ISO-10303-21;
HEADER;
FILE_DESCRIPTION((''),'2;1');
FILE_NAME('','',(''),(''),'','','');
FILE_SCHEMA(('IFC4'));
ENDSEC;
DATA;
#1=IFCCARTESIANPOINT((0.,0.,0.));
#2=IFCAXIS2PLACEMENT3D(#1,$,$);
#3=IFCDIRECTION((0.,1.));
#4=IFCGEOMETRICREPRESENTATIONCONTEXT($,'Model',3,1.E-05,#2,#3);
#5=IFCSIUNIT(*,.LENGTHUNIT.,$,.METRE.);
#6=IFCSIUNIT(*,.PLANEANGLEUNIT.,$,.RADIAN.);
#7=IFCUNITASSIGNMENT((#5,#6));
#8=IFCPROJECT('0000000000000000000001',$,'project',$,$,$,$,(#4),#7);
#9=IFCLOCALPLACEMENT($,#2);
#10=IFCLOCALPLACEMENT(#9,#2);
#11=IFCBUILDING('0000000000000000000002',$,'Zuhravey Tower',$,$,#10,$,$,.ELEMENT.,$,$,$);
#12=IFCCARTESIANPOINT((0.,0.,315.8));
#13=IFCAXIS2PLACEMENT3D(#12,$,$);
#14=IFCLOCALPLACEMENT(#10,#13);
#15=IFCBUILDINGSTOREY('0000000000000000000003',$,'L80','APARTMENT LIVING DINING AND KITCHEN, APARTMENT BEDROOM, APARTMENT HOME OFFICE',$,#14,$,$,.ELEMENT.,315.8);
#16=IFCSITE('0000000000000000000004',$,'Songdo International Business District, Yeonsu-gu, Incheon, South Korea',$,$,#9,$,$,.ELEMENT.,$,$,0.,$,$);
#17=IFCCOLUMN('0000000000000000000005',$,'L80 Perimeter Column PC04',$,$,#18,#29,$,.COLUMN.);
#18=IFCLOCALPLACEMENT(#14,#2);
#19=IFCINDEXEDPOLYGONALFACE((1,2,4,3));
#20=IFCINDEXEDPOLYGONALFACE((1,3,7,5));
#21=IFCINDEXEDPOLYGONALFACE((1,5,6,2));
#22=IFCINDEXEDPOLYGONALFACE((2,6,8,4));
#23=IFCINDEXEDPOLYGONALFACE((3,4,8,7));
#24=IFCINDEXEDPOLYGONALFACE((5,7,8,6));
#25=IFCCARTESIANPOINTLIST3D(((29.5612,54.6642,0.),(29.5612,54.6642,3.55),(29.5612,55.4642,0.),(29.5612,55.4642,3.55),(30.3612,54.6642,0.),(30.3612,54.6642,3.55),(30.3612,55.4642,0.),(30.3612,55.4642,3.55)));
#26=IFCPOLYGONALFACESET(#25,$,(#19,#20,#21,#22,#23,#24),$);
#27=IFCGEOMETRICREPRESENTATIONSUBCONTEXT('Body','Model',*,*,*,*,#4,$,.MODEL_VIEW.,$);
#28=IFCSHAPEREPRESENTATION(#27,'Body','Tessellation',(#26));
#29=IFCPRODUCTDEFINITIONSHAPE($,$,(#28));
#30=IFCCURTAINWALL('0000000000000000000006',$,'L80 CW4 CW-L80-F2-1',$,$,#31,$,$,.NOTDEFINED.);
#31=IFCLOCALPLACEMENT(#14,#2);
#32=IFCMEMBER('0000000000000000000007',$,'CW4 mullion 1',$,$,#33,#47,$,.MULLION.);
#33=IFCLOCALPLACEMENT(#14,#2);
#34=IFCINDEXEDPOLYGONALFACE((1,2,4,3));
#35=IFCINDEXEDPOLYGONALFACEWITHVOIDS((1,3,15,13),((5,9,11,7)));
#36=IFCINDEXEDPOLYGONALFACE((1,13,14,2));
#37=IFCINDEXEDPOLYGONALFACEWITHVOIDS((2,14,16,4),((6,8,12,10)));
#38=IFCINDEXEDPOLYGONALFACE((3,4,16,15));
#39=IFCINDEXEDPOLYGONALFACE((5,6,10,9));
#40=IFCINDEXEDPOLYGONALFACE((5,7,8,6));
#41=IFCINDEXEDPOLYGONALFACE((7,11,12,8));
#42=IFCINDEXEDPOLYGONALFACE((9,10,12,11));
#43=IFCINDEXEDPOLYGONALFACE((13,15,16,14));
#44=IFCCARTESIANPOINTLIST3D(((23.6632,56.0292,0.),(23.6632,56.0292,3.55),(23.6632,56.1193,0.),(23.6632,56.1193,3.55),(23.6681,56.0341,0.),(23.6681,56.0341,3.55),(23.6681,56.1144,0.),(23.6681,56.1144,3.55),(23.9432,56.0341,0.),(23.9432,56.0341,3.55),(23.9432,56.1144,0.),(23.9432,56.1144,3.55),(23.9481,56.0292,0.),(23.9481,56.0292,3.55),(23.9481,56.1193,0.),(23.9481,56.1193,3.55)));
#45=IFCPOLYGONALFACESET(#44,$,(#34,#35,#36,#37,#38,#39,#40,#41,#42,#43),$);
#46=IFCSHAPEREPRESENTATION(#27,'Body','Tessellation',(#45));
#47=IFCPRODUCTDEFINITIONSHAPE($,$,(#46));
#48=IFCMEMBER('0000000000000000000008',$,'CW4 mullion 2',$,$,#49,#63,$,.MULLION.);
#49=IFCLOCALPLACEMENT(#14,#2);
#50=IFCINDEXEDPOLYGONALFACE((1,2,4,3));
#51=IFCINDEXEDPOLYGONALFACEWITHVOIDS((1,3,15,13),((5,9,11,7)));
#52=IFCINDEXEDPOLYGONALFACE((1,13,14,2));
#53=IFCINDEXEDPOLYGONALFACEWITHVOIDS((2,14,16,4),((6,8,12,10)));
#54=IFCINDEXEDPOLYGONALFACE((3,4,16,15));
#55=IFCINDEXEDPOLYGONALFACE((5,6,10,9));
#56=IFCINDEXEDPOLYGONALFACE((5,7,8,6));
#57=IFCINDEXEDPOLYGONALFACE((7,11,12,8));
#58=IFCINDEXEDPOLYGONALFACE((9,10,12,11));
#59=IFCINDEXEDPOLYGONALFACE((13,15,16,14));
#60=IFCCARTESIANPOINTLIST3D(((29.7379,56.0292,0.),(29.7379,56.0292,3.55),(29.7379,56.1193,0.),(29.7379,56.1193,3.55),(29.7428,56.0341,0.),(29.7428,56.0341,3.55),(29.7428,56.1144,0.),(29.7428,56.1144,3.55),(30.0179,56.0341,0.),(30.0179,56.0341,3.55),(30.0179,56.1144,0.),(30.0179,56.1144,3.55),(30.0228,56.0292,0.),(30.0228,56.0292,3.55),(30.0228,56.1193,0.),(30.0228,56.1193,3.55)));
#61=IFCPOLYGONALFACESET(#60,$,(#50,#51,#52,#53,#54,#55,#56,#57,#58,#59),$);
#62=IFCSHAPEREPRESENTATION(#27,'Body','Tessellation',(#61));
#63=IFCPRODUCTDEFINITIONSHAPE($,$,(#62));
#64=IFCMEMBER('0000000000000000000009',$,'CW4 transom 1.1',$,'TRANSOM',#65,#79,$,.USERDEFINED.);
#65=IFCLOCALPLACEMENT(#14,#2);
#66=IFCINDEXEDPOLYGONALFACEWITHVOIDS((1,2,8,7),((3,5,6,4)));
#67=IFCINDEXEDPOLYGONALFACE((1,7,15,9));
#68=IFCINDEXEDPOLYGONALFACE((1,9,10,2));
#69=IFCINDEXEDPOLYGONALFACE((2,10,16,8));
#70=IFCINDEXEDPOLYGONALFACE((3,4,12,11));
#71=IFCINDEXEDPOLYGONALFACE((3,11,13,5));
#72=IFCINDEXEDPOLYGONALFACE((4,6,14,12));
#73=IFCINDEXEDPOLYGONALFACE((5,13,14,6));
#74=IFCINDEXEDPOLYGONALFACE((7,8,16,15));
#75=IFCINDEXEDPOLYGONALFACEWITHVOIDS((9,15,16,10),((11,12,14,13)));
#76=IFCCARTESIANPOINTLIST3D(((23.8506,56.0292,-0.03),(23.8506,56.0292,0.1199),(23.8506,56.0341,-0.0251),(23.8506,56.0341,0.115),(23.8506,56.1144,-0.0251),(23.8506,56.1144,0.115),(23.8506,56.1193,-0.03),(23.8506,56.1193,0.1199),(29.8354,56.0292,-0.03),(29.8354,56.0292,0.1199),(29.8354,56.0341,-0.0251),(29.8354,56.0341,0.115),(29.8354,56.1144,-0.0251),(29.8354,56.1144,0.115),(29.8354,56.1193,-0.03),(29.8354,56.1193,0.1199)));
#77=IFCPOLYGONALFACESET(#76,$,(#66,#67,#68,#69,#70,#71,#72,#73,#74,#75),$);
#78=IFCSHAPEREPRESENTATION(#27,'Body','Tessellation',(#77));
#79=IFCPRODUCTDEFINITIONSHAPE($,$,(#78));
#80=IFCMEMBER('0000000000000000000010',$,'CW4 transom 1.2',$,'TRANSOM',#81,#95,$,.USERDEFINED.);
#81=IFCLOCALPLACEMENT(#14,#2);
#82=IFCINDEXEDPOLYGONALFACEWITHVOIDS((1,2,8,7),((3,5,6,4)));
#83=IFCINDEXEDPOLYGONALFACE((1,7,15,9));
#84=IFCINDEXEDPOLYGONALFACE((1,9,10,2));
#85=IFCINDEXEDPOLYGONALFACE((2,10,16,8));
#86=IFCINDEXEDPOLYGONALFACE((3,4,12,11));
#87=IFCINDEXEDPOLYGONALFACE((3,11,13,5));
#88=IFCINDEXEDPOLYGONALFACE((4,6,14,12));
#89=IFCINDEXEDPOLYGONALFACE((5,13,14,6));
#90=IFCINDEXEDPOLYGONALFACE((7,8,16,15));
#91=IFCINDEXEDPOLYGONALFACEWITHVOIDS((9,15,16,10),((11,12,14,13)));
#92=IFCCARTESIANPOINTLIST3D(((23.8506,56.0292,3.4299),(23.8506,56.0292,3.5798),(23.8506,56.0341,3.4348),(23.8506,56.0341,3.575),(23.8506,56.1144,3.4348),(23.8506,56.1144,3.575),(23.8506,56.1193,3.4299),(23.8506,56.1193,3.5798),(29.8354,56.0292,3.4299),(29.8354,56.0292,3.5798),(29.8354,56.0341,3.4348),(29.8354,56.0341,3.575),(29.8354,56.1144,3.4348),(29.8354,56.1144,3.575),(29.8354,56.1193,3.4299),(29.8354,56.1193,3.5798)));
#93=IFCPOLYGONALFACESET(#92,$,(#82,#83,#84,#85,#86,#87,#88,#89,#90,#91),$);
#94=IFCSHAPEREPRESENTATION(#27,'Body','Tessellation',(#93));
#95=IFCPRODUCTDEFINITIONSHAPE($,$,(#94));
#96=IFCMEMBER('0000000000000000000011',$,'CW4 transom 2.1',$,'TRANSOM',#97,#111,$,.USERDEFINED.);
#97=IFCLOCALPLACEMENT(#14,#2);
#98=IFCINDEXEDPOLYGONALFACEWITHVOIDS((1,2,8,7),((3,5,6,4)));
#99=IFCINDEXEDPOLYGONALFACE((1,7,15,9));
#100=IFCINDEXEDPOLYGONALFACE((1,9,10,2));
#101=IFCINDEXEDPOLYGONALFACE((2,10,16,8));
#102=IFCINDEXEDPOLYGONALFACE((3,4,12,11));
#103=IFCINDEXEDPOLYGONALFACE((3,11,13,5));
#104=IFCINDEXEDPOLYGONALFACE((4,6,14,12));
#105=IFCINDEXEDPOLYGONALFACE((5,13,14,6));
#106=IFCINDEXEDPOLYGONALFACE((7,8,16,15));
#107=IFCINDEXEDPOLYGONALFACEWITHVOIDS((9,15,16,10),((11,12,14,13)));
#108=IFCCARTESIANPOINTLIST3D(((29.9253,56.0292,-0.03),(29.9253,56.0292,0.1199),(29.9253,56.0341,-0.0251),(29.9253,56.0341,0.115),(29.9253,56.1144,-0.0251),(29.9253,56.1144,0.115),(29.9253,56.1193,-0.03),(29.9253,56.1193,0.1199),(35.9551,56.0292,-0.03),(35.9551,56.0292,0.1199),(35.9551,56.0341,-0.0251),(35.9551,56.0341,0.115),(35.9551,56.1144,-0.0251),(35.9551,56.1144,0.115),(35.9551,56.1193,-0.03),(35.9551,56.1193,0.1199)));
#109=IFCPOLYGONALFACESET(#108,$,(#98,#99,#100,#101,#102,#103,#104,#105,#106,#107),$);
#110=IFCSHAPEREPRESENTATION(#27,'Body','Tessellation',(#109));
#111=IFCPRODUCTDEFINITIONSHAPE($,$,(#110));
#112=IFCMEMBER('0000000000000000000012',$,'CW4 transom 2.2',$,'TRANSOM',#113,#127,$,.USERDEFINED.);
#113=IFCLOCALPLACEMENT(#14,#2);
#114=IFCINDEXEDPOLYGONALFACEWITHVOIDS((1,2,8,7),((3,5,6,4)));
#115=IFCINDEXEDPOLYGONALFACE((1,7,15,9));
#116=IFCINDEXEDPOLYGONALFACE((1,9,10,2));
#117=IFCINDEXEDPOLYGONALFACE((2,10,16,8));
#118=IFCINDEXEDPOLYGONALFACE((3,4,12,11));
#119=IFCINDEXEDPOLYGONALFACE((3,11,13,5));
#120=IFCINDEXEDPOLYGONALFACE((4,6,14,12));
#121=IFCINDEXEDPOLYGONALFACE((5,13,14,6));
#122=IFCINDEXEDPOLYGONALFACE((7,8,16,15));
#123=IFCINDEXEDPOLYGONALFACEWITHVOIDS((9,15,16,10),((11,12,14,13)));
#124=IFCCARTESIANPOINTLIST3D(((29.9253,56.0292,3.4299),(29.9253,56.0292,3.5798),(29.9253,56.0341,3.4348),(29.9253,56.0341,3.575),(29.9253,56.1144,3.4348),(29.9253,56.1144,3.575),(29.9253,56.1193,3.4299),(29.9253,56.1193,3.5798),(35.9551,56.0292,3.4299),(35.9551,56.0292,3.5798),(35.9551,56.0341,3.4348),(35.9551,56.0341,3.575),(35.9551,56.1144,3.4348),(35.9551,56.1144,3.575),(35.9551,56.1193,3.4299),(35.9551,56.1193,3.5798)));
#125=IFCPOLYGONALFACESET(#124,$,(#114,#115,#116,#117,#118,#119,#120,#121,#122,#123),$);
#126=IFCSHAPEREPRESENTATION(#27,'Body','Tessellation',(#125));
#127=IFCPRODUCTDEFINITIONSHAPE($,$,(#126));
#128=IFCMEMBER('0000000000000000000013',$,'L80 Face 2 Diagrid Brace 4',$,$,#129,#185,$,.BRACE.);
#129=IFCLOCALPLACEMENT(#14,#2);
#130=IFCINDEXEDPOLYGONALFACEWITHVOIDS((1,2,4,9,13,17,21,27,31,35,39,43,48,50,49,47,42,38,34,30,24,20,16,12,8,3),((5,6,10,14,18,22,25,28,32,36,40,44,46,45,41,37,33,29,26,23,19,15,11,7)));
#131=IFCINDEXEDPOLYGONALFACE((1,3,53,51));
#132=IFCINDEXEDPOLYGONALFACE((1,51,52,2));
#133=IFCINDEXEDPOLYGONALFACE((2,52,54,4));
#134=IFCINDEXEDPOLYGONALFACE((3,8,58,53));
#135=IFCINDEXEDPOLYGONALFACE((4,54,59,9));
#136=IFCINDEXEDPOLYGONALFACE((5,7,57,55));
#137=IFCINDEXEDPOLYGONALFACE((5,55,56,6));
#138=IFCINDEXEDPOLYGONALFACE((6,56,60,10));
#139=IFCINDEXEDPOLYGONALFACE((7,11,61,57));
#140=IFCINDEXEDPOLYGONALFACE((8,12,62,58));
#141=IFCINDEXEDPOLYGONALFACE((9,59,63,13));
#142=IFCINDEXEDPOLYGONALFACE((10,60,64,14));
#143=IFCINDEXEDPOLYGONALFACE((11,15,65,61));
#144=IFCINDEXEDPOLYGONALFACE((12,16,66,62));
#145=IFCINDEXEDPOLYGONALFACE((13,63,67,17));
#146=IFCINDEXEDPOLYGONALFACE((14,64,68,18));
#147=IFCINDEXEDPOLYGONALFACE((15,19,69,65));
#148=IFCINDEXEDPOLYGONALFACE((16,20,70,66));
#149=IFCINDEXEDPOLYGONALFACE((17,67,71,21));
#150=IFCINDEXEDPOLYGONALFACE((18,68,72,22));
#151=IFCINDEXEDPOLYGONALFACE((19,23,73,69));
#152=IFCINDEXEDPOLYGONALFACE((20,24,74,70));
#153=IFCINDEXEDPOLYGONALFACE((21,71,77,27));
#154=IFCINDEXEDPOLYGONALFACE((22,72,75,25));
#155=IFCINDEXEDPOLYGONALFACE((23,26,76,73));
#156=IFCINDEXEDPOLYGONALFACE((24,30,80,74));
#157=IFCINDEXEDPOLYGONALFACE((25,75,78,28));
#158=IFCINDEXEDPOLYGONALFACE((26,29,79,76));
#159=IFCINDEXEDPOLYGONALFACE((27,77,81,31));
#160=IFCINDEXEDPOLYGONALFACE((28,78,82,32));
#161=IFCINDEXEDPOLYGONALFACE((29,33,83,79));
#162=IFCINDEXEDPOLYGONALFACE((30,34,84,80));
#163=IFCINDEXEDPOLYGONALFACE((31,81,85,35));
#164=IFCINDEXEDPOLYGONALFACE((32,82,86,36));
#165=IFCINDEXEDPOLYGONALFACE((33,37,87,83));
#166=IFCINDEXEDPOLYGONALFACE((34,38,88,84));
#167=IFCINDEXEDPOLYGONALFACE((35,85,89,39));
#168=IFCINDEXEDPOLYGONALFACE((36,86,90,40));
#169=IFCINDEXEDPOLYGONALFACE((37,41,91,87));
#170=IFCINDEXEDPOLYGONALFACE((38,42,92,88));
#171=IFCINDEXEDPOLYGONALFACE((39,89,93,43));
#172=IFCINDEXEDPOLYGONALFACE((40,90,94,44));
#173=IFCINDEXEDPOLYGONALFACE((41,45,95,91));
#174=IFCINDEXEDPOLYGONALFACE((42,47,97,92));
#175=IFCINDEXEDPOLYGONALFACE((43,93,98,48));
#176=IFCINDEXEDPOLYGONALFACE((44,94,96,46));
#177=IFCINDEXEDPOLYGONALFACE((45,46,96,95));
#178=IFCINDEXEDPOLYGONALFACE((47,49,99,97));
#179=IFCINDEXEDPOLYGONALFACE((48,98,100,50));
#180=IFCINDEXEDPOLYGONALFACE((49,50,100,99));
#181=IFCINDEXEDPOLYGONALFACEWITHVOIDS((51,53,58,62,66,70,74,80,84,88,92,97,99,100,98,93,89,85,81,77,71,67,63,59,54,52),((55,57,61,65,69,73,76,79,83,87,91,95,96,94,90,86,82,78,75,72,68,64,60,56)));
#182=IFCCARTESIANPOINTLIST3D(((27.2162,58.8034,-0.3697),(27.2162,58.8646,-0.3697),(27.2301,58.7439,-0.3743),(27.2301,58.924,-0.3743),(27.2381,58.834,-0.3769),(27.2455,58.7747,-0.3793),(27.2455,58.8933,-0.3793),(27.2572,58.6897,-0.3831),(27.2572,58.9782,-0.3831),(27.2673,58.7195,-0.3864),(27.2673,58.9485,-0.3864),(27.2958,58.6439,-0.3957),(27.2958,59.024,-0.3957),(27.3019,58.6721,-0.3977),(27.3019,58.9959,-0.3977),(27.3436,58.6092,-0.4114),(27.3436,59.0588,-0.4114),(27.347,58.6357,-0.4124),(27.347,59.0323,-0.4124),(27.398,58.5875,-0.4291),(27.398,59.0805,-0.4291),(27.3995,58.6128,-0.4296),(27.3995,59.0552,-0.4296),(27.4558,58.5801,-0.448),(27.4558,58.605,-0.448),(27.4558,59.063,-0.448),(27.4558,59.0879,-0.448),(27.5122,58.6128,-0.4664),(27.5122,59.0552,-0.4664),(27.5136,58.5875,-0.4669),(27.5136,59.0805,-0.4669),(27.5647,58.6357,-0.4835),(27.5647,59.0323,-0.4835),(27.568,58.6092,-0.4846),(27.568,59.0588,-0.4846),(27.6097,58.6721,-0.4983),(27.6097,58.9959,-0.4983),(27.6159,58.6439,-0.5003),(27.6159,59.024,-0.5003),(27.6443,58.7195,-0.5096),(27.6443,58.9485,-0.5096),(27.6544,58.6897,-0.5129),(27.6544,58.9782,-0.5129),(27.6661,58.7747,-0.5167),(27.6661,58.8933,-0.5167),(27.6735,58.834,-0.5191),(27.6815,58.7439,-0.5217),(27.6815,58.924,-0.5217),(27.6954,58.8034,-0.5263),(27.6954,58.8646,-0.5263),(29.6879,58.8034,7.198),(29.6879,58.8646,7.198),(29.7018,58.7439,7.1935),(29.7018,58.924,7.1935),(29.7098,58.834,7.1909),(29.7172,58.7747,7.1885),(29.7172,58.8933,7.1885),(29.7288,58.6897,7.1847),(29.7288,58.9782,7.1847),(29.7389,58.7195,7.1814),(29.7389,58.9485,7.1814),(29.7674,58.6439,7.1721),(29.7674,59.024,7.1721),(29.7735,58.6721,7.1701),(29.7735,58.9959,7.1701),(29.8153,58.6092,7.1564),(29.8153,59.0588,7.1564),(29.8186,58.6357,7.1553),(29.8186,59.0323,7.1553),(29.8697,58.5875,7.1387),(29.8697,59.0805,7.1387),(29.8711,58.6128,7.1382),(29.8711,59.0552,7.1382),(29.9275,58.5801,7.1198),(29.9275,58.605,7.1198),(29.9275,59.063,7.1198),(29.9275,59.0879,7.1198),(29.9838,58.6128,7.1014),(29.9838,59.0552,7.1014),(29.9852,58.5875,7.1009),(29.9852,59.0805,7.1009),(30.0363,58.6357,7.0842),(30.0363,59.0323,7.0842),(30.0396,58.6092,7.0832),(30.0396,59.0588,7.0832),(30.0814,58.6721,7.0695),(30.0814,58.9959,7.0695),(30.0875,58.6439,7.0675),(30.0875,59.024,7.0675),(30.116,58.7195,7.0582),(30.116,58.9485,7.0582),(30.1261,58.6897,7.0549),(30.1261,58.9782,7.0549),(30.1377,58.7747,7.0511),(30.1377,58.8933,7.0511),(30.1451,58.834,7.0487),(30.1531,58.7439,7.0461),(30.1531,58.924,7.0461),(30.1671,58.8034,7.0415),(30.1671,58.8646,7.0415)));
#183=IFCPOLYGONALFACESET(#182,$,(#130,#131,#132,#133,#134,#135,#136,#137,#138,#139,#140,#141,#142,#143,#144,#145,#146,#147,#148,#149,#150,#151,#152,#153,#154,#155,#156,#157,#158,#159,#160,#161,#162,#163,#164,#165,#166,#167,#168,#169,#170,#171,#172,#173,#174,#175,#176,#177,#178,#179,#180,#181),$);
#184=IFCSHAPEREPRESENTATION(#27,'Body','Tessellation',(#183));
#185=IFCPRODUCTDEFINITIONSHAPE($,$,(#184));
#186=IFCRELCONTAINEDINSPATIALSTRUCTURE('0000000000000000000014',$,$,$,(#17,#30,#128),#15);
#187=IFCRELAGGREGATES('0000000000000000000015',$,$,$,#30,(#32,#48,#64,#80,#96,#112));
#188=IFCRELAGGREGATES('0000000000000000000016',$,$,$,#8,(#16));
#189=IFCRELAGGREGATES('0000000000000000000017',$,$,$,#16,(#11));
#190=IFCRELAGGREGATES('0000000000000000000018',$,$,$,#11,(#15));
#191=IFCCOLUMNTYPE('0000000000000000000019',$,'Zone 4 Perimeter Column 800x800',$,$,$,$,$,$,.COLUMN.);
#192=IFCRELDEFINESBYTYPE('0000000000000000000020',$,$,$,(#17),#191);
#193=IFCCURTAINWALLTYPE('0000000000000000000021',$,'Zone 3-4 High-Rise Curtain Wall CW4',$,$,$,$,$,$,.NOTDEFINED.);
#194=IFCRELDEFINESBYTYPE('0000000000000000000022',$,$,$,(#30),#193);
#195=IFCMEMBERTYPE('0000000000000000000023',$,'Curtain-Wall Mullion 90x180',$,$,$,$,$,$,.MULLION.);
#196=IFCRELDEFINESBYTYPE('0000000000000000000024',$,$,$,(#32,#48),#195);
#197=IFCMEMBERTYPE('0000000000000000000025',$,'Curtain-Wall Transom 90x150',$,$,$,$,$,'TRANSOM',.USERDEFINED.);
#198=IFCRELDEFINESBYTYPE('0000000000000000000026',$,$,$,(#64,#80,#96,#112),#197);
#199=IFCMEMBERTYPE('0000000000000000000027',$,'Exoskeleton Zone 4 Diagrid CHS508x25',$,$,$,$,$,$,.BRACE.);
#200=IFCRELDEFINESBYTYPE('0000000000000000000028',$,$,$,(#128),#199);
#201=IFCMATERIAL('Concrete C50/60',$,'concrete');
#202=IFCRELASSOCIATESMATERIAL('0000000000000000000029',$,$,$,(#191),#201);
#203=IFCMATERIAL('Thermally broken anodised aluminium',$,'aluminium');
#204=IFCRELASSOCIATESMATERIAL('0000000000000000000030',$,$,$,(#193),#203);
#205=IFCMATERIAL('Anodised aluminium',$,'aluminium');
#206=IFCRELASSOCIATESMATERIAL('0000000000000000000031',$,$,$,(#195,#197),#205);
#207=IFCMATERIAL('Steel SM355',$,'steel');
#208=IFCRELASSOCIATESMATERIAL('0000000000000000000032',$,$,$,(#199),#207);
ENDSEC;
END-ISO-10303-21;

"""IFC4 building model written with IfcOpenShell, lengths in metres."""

from ifc_helpers import new_model, si_unit, direction, frame, origin, origin_2d, place, context, subcontext, project, spatial, rectangle, hollow_rectangle, hollow_circle, extrude, material, material_profile, profile_set, type_object, element, aggregate, save


model = new_model("IFC4")

# Units and contexts
model_context = context("Model", 3, precision=1e-05, world=origin(), true_north=direction((0.0, 1.0)))
body_context = subcontext(model_context, "Body", "Model", "MODEL_VIEW")
ifc_project = project(units=[si_unit("LENGTHUNIT", "METRE"), si_unit("PLANEANGLEUNIT", "RADIAN")], contexts=[model_context])

# Site, building, storey
site_placement = place(None, origin())
site = spatial("IfcSite", under=ifc_project, at=site_placement, Name="Songdo International Business District, Yeonsu-gu, Incheon, South Korea", CompositionType="ELEMENT", RefElevation=0.0)
building_placement = place(site_placement, origin())
building = spatial("IfcBuilding", under=site, at=building_placement, Name="Zuhravey Tower", CompositionType="ELEMENT")
storey_placement = place(building_placement, frame((0.0, 0.0, 315.8)))
storey = spatial("IfcBuildingStorey", under=building, at=storey_placement, Name="L80", Description="APARTMENT LIVING DINING AND KITCHEN, APARTMENT BEDROOM, APARTMENT HOME OFFICE", CompositionType="ELEMENT", Elevation=315.8)

# Column
ifc_material_1 = material(Name="Concrete C50/60", Category="concrete")
ifc_material_profile_1 = material_profile(ifc_material_1, rectangle(XDim=0.8, YDim=0.8, at=origin_2d()), Name="RC-800x800")
ifc_profile_set_1 = profile_set([ifc_material_profile_1], Name="Concrete C50/60")
column_type = type_object("IfcColumnType", Name="Zone 4 Perimeter Column 800x800", PredefinedType="COLUMN", material=ifc_profile_set_1)
column_placement = place(storey_placement, frame((29.9612, 55.0642, 0.0), z_axis=(0.0, 0.0, 1.0), x_axis=(-1.0, 0.0, 0.0)))
element("IfcColumn", 1, at=column_placement, inside=storey, type_object=column_type, Name="L80 Perimeter Column PC04", PredefinedType="COLUMN", context=body_context, shape_type="SweptSolid", body=[
    extrude(rectangle(XDim=0.8, YDim=0.8, at=origin_2d()), origin(), (0.0, 0.0, 1.0), 3.55),
])

# Curtain wall, members
ifc_material_2 = material(Name="Thermally broken anodised aluminium", Category="aluminium")
curtain_wall_type = type_object("IfcCurtainWallType", Name="Zone 3-4 High-Rise Curtain Wall CW4", PredefinedType="NOTDEFINED", material=ifc_material_2)
curtain_wall_placement = place(storey_placement, origin())
curtain_wall = element("IfcCurtainWall", 2, at=curtain_wall_placement, inside=storey, type_object=curtain_wall_type, Name="L80 CW4 CW-L80-F2-1", PredefinedType="NOTDEFINED")
ifc_material_3 = material(Name="Anodised aluminium", Category="aluminium")
ifc_material_profile_2 = material_profile(ifc_material_3, hollow_rectangle(XDim=0.0901, YDim=0.2849, WallThickness=0.0049, at=origin_2d()), Name="ALU-RHS-90x285x5")
ifc_profile_set_2 = profile_set([ifc_material_profile_2], Name="Anodised aluminium")
member_type_1 = type_object("IfcMemberType", Name="Curtain-Wall Mullion 90x180", PredefinedType="MULLION", material=ifc_profile_set_2)
member_1_placement = place(storey_placement, frame((23.8057, 56.0742, 0.0), z_axis=(0.0, 0.0, 1.0), x_axis=(0.0, 1.0, 0.0)))
member_1 = element("IfcMember", 3, at=member_1_placement, type_object=member_type_1, Name="CW4 mullion 1", PredefinedType="MULLION", context=body_context, shape_type="SweptSolid", body=[
    extrude(hollow_rectangle(XDim=0.0901, YDim=0.2849, WallThickness=0.0049, at=origin_2d()), origin(), (0.0, 0.0, 1.0), 3.55),
])
member_2_placement = place(storey_placement, frame((29.8804, 56.0742, 0.0), z_axis=(0.0, 0.0, 1.0), x_axis=(0.0, 1.0, 0.0)))
member_2 = element("IfcMember", 4, at=member_2_placement, type_object=member_type_1, Name="CW4 mullion 2", PredefinedType="MULLION", context=body_context, shape_type="SweptSolid", body=[
    extrude(hollow_rectangle(XDim=0.0901, YDim=0.2849, WallThickness=0.0049, at=origin_2d()), origin(), (0.0, 0.0, 1.0), 3.55),
])
ifc_material_profile_3 = material_profile(ifc_material_3, hollow_rectangle(XDim=0.0901, YDim=0.1499, WallThickness=0.0049, at=origin_2d()), Name="ALU-RHS-90x150x5")
ifc_profile_set_3 = profile_set([ifc_material_profile_3], Name="Anodised aluminium")
member_type_2 = type_object("IfcMemberType", Name="Curtain-Wall Transom 90x150", ElementType="TRANSOM", PredefinedType="USERDEFINED", material=ifc_profile_set_3)
member_3_placement = place(storey_placement, frame((23.8506, 56.0742, 0.0449), z_axis=(1.0, 0.0, 0.0), x_axis=(0.0, 1.0, 0.0)))
member_3 = element("IfcMember", 5, at=member_3_placement, type_object=member_type_2, Name="CW4 transom 1.1", ObjectType="TRANSOM", PredefinedType="USERDEFINED", context=body_context, shape_type="SweptSolid", body=[
    extrude(hollow_rectangle(XDim=0.0901, YDim=0.1499, WallThickness=0.0049, at=origin_2d()), origin(), (0.0, 0.0, 1.0), 5.9849),
])
member_4_placement = place(storey_placement, frame((23.8506, 56.0742, 3.5049), z_axis=(1.0, 0.0, 0.0), x_axis=(0.0, 1.0, 0.0)))
member_4 = element("IfcMember", 6, at=member_4_placement, type_object=member_type_2, Name="CW4 transom 1.2", ObjectType="TRANSOM", PredefinedType="USERDEFINED", context=body_context, shape_type="SweptSolid", body=[
    extrude(hollow_rectangle(XDim=0.0901, YDim=0.1499, WallThickness=0.0049, at=origin_2d()), origin(), (0.0, 0.0, 1.0), 5.9849),
])
member_5_placement = place(storey_placement, frame((29.9253, 56.0742, 0.0449), z_axis=(1.0, 0.0, 0.0), x_axis=(0.0, 1.0, 0.0)))
member_5 = element("IfcMember", 7, at=member_5_placement, type_object=member_type_2, Name="CW4 transom 2.1", ObjectType="TRANSOM", PredefinedType="USERDEFINED", context=body_context, shape_type="SweptSolid", body=[
    extrude(hollow_rectangle(XDim=0.0901, YDim=0.1499, WallThickness=0.0049, at=origin_2d()), origin(), (0.0, 0.0, 1.0), 6.0298),
])
member_6_placement = place(storey_placement, frame((29.9253, 56.0742, 3.5049), z_axis=(1.0, 0.0, 0.0), x_axis=(0.0, 1.0, 0.0)))
member_6 = element("IfcMember", 8, at=member_6_placement, type_object=member_type_2, Name="CW4 transom 2.2", ObjectType="TRANSOM", PredefinedType="USERDEFINED", context=body_context, shape_type="SweptSolid", body=[
    extrude(hollow_rectangle(XDim=0.0901, YDim=0.1499, WallThickness=0.0049, at=origin_2d()), origin(), (0.0, 0.0, 1.0), 6.0298),
])

# Member
ifc_material_4 = material(Name="Steel SM355", Category="steel")
ifc_material_profile_4 = material_profile(ifc_material_4, hollow_circle(Radius=0.2539, WallThickness=0.0249, at=origin_2d()), Name="CHS-508.0x25")
ifc_profile_set_4 = profile_set([ifc_material_profile_4], Name="Steel SM355")
member_type_3 = type_object("IfcMemberType", Name="Exoskeleton Zone 4 Diagrid CHS508x25", PredefinedType="BRACE", material=ifc_profile_set_4)
member_7_placement = place(storey_placement, frame((27.4558, 58.834, -0.448), z_axis=(0.310463, 0.0, 0.950586), x_axis=(0.0, 1.0, 0.0)))
element("IfcMember", 9, at=member_7_placement, inside=storey, type_object=member_type_3, Name="L80 Face 2 Diagrid Brace 4", PredefinedType="BRACE", context=body_context, shape_type="SweptSolid", body=[
    extrude(hollow_circle(Radius=0.2539, WallThickness=0.0249, at=origin_2d()), origin(), (0.0, 0.0, 1.0), 7.9612),
])

aggregate(curtain_wall, [member_1, member_2, member_3, member_4, member_5, member_6])

save(model, "model.ifc")
